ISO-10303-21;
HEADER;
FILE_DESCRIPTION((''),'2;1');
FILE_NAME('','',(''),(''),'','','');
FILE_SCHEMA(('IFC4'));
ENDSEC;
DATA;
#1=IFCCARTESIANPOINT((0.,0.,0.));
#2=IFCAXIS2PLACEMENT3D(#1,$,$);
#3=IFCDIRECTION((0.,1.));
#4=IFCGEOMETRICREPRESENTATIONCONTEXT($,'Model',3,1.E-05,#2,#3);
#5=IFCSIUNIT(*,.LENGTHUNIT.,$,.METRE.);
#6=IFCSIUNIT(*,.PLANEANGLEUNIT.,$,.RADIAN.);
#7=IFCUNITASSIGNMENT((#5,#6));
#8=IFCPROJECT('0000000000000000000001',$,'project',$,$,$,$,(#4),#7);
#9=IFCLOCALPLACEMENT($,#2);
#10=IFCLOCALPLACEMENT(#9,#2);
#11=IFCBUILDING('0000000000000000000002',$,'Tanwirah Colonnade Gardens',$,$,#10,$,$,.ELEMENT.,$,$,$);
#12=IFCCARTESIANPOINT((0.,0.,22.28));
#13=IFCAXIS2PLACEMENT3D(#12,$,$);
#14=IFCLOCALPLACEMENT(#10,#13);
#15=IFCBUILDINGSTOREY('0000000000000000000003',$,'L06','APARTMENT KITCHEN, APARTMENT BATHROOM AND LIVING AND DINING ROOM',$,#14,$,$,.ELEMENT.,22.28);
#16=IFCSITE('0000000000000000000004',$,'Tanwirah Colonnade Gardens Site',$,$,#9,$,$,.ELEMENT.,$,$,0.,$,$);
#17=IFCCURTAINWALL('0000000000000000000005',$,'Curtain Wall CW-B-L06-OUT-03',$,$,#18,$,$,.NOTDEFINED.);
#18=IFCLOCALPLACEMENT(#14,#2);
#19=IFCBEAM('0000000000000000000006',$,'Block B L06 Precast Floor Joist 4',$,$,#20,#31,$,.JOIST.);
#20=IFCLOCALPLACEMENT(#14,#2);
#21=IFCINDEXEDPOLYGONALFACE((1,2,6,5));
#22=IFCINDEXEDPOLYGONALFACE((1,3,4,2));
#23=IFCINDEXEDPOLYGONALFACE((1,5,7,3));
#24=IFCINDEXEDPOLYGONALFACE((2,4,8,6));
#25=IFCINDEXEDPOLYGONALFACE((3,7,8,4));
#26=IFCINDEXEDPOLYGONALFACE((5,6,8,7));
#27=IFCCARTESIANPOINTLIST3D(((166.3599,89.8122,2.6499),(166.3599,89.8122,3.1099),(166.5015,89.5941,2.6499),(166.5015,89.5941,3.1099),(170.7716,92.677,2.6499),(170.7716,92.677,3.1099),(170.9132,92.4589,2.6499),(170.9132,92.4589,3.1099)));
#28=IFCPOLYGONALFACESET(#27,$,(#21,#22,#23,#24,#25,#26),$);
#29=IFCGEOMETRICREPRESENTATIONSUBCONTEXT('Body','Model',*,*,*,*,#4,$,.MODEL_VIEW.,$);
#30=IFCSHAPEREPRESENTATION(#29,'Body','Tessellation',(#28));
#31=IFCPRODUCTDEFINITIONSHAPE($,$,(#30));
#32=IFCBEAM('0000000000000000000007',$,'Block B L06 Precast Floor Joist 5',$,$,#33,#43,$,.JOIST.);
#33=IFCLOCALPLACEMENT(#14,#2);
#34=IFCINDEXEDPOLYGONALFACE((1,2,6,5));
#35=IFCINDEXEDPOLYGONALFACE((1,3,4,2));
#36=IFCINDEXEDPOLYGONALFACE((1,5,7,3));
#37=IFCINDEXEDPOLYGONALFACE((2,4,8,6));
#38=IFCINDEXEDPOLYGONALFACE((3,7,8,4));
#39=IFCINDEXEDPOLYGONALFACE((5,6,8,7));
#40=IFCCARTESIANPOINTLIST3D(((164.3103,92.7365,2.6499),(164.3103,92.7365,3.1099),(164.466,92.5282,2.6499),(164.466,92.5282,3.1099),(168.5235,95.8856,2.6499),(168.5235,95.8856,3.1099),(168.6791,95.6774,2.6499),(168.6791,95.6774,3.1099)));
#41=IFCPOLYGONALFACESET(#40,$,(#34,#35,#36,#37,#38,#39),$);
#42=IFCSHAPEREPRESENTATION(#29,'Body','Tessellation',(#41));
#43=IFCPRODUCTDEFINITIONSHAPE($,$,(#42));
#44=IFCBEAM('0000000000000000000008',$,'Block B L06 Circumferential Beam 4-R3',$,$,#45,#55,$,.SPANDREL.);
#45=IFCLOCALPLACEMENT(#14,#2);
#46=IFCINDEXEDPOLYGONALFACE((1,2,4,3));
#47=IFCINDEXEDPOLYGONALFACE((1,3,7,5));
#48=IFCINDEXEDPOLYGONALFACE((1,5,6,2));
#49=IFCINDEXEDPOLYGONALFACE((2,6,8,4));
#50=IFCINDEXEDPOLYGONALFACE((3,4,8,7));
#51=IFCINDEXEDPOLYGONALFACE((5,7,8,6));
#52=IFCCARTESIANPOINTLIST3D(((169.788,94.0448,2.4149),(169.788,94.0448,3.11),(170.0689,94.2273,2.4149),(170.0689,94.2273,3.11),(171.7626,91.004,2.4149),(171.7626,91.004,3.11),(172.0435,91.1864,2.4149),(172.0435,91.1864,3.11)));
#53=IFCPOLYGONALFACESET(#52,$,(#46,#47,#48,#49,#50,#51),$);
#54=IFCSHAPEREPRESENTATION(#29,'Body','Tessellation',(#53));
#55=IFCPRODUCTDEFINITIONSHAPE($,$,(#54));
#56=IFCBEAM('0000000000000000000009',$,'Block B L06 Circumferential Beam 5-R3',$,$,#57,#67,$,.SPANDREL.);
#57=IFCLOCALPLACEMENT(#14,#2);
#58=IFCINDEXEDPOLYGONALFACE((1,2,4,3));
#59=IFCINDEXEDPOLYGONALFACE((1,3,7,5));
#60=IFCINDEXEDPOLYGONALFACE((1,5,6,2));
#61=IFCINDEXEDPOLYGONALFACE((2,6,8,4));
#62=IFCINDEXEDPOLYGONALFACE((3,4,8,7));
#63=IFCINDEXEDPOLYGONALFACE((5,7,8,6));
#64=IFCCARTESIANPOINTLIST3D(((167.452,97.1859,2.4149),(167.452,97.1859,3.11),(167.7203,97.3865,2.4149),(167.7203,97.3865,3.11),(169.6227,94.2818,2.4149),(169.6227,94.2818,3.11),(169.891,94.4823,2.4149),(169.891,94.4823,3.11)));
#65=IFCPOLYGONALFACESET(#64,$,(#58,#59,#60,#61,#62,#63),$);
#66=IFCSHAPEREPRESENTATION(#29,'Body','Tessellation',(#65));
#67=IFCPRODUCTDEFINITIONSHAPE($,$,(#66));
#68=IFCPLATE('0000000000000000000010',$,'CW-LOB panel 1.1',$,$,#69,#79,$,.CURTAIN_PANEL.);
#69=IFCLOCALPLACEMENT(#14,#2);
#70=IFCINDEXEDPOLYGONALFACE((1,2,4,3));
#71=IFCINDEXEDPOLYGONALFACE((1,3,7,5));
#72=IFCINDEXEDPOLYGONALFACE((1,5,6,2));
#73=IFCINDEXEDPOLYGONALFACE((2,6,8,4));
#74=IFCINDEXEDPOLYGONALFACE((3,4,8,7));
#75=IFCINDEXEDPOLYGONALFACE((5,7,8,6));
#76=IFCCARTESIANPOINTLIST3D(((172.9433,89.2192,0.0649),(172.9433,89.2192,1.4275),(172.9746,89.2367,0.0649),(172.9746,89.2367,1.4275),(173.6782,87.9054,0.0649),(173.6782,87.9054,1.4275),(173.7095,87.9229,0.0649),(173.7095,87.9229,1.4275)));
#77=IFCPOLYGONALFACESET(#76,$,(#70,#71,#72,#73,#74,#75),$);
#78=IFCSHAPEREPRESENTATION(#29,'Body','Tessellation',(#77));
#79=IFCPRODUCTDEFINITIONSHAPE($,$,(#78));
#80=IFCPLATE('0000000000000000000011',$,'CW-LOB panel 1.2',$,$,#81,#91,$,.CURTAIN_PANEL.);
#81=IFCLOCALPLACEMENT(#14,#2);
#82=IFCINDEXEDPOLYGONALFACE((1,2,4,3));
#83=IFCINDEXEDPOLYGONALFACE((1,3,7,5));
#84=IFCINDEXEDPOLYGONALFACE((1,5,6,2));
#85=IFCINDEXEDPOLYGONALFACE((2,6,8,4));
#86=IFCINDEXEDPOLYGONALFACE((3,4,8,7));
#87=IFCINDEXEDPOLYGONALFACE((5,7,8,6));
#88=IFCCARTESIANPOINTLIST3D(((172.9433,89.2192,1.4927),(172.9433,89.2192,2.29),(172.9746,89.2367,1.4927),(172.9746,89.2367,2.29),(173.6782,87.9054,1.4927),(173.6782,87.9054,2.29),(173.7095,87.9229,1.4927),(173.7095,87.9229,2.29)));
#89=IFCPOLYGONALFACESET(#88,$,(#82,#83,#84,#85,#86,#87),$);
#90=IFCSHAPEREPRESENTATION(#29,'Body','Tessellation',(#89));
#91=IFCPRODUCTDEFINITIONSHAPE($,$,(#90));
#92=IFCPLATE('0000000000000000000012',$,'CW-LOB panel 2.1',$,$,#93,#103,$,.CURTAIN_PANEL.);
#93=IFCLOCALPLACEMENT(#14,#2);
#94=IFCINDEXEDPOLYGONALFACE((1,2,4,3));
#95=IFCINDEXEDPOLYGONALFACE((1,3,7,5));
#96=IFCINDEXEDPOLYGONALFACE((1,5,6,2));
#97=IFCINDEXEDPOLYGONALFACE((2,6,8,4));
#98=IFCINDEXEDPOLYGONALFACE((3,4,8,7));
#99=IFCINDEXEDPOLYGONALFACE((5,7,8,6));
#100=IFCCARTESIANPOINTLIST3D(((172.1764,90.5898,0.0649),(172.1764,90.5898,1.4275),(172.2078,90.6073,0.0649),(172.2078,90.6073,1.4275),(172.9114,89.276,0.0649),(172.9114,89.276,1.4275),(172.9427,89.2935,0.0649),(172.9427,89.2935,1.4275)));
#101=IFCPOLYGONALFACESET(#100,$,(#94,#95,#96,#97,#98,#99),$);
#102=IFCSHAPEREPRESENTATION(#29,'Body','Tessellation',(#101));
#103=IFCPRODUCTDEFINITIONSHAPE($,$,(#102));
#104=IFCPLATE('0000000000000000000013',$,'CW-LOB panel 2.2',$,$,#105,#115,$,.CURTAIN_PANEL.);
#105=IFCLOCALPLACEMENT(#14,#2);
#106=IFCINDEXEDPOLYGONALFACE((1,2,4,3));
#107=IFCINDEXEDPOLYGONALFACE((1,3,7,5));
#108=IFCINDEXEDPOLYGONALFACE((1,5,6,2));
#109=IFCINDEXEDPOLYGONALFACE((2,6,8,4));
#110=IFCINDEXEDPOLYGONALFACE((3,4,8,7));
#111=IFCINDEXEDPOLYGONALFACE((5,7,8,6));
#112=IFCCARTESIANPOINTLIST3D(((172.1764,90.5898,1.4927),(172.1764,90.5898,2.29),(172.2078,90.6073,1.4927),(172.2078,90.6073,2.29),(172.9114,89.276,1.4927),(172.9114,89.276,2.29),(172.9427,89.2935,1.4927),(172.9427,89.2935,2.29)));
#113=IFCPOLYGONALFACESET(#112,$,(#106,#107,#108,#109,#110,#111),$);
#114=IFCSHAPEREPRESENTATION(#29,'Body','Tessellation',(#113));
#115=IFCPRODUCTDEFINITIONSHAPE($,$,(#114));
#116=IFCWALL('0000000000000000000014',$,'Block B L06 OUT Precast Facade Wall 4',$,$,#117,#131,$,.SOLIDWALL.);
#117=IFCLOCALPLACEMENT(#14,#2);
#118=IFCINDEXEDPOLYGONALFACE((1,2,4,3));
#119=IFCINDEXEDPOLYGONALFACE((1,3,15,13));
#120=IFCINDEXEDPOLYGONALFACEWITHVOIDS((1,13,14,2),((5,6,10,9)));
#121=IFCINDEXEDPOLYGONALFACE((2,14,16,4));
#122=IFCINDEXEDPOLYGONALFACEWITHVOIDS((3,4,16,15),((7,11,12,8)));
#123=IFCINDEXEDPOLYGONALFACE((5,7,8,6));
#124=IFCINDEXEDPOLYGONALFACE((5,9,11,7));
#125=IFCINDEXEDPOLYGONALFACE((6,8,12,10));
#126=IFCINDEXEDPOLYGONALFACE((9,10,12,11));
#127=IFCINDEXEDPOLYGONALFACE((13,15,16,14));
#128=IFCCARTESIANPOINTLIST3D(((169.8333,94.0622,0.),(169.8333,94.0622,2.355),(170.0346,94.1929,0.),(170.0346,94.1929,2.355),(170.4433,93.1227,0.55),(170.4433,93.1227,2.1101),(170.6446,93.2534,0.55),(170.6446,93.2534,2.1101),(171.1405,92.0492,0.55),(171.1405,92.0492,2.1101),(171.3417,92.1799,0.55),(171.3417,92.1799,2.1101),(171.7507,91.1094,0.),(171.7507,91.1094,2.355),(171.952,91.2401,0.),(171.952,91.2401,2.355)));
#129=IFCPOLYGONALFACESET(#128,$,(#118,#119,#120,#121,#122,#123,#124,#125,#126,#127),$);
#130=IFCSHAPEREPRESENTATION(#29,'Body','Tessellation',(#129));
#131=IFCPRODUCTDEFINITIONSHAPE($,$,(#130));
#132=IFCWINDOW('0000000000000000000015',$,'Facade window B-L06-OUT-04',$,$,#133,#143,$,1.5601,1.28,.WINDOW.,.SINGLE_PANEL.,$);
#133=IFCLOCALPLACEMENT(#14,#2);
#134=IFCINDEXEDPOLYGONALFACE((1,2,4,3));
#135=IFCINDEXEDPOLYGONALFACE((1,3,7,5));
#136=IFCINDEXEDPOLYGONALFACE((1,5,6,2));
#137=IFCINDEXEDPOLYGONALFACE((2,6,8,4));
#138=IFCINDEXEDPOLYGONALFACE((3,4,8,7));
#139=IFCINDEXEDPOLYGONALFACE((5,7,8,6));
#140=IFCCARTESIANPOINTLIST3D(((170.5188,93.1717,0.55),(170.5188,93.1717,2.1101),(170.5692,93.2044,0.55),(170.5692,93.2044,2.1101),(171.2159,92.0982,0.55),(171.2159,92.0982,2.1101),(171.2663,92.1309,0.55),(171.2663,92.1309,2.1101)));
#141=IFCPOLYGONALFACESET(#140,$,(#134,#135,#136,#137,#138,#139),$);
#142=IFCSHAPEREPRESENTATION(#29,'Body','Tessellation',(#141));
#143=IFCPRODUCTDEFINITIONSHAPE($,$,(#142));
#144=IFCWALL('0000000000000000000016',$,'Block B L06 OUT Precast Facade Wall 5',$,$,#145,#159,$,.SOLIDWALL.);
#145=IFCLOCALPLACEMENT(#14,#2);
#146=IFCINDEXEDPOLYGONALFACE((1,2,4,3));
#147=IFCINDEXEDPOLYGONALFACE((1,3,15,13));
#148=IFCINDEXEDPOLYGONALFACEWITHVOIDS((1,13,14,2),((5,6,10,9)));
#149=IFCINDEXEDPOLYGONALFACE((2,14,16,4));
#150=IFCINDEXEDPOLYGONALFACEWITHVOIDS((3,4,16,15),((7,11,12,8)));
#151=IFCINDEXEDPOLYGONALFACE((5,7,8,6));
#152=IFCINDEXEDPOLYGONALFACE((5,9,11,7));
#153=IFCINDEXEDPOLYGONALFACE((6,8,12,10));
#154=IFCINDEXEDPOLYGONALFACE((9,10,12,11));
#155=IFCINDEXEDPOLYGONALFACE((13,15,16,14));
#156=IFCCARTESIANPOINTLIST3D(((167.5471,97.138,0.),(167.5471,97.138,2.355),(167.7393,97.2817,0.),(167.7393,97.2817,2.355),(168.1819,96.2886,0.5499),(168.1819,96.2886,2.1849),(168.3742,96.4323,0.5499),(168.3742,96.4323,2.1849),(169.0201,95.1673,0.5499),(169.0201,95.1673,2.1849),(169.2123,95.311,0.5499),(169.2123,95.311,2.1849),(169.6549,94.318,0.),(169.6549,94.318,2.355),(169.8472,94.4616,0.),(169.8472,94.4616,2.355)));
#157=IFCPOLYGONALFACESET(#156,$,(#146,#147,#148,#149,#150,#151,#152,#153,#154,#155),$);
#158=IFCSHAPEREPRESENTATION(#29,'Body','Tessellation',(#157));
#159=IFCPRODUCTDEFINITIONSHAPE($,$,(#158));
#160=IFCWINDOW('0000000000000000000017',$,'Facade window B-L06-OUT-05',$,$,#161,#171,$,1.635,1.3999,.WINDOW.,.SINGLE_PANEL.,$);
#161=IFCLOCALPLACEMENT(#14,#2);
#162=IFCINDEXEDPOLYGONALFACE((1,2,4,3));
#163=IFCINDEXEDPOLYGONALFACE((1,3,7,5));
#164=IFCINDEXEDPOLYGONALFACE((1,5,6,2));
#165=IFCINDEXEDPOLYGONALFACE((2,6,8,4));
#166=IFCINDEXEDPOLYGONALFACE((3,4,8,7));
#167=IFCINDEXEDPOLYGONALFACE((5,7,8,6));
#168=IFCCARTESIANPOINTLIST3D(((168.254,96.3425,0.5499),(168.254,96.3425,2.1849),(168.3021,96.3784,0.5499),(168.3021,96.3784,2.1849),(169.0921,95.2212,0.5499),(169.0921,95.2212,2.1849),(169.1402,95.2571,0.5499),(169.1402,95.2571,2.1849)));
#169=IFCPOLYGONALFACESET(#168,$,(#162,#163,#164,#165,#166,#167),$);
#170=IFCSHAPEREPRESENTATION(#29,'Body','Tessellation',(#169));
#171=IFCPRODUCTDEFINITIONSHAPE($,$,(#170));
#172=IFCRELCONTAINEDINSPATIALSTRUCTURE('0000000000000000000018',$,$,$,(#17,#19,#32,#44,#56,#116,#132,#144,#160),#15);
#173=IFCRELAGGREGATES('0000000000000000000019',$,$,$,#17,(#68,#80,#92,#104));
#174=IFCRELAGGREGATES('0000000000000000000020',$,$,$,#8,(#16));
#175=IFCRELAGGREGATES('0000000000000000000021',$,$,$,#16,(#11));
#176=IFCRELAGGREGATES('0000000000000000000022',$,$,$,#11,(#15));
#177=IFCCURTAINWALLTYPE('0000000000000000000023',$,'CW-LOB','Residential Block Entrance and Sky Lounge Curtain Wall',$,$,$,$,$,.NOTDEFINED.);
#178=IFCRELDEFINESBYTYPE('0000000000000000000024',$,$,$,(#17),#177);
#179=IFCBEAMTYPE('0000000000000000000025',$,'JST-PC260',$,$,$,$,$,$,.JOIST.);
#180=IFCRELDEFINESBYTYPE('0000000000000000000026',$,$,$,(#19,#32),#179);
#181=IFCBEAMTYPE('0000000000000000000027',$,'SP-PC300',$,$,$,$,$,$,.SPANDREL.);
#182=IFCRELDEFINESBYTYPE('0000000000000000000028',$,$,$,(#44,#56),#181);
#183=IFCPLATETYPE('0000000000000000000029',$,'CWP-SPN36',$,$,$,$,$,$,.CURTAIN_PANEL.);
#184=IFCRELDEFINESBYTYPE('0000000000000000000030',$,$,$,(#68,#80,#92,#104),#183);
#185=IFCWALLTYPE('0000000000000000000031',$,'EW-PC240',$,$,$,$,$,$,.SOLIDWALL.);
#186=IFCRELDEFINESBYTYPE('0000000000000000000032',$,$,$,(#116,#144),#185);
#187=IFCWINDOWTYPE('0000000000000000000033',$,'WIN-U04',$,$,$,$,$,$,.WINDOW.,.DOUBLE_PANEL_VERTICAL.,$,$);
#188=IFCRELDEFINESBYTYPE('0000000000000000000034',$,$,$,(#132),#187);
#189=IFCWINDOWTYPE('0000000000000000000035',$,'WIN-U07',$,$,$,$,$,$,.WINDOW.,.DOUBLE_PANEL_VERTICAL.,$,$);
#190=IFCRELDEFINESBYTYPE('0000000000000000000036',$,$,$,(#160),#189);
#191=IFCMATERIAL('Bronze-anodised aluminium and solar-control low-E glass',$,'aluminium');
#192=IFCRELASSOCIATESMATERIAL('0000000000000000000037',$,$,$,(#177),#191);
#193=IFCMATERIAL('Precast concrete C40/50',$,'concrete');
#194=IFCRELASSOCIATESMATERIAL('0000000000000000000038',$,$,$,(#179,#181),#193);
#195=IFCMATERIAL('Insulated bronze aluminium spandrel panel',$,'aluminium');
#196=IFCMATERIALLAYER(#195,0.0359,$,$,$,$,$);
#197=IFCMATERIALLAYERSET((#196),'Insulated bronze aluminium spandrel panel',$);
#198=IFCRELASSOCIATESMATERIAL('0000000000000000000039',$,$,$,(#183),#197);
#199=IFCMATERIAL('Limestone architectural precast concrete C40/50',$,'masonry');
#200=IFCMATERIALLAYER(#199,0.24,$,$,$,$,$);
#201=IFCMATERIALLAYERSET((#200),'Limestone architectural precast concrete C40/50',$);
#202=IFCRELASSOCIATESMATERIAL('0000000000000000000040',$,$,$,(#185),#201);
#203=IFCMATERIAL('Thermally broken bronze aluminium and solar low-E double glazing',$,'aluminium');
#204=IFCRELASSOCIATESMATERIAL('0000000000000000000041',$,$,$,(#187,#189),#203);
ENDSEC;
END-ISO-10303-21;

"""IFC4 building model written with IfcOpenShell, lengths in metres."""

from ifc_helpers import new_model, si_unit, direction, frame, frame_2d, origin, origin_2d, place, context, subcontext, project, spatial, rectangle, extrude, material, layer, layer_set, material_profile, profile_set, type_object, element, fill, aggregate, save


model = new_model("IFC4")

# Units and contexts
model_context = context("Model", 3, precision=1e-05, world=origin(), true_north=direction((0.0, 1.0)))
body_context = subcontext(model_context, "Body", "Model", "MODEL_VIEW")
ifc_project = project(units=[si_unit("LENGTHUNIT", "METRE"), si_unit("PLANEANGLEUNIT", "RADIAN")], contexts=[model_context])

# Site, building, storey
site_placement = place(None, origin())
site = spatial("IfcSite", under=ifc_project, at=site_placement, Name="Tanwirah Colonnade Gardens Site", CompositionType="ELEMENT", RefElevation=0.0)
building_placement = place(site_placement, origin())
building = spatial("IfcBuilding", under=site, at=building_placement, Name="Tanwirah Colonnade Gardens", CompositionType="ELEMENT")
storey_placement = place(building_placement, frame((0.0, 0.0, 22.28)))
storey = spatial("IfcBuildingStorey", under=building, at=storey_placement, Name="L06", Description="APARTMENT KITCHEN, APARTMENT BATHROOM AND LIVING AND DINING ROOM", CompositionType="ELEMENT", Elevation=22.28)

# Shared definitions
ifc_material_1 = material(Name="Precast concrete C40/50", Category="concrete")

# Curtain wall
ifc_material_2 = material(Name="Bronze-anodised aluminium and solar-control low-E glass", Category="aluminium")
curtain_wall_type = type_object("IfcCurtainWallType", Name="CW-LOB", Description="Residential Block Entrance and Sky Lounge Curtain Wall", PredefinedType="NOTDEFINED", material=ifc_material_2)
curtain_wall_placement = place(storey_placement, origin())
curtain_wall = element("IfcCurtainWall", 1, at=curtain_wall_placement, inside=storey, type_object=curtain_wall_type, Name="Curtain Wall CW-B-L06-OUT-03", PredefinedType="NOTDEFINED")

# Beams
ifc_material_profile_1 = material_profile(ifc_material_1, rectangle(XDim=0.26, YDim=0.46, at=origin_2d()), Name="PC-JST 260x460")
ifc_profile_set_1 = profile_set([ifc_material_profile_1], Name="Precast concrete C40/50")
beam_type_1 = type_object("IfcBeamType", Name="JST-PC260", PredefinedType="JOIST", material=ifc_profile_set_1)
beam_1_placement = place(storey_placement, frame((166.4307, 89.7031, 2.8799), z_axis=(0.838687, 0.544613, 0.0), x_axis=(-0.544613, 0.838687, 0.0)))
element("IfcBeam", 2, at=beam_1_placement, inside=storey, type_object=beam_type_1, Name="Block B L06 Precast Floor Joist 4", PredefinedType="JOIST", context=body_context, shape_type="SweptSolid", body=[
    extrude(rectangle(XDim=0.26, YDim=0.46, at=origin_2d()), origin(), (0.0, 0.0, 1.0), 5.2603),
])
beam_2_placement = place(storey_placement, frame((164.3882, 92.6323, 2.8799), z_axis=(0.800974, 0.5987, 0.0), x_axis=(-0.5987, 0.800974, 0.0)))
element("IfcBeam", 3, at=beam_2_placement, inside=storey, type_object=beam_type_1, Name="Block B L06 Precast Floor Joist 5", PredefinedType="JOIST", context=body_context, shape_type="SweptSolid", body=[
    extrude(rectangle(XDim=0.26, YDim=0.46, at=origin_2d()), origin(), (0.0, 0.0, 1.0), 5.26),
])
ifc_material_profile_2 = material_profile(ifc_material_1, rectangle(XDim=0.335, YDim=0.6951, at=origin_2d()), Name="PC-SP 335x695")
ifc_profile_set_2 = profile_set([ifc_material_profile_2], Name="Precast concrete C40/50")
beam_type_2 = type_object("IfcBeamType", Name="SP-PC300", PredefinedType="SPANDREL", material=ifc_profile_set_2)
for number, where, z_axis, x_axis, name in (
    (4, (171.9031, 91.0952, 2.7625), (-0.544621, 0.838682, 0.0), (-0.838682, -0.544621, 0.0), "Block B L06 Circumferential Beam 4-R3"),
    (5, (169.7568, 94.3821, 2.7625), (-0.598696, 0.800977, 0.0), (-0.800977, -0.598696, 0.0), "Block B L06 Circumferential Beam 5-R3"),
):
    element("IfcBeam", number, at=place(storey_placement, frame(where, z_axis=z_axis, x_axis=x_axis)), inside=storey, type_object=beam_type_2, Name=name, PredefinedType="SPANDREL", context=body_context, shape_type="SweptSolid", body=[
        extrude(rectangle(XDim=0.335, YDim=0.6951, at=origin_2d()), origin(), (0.0, 0.0, 1.0), 3.6257),
    ])

# Plates
ifc_material_3 = material(Name="Insulated bronze aluminium spandrel panel", Category="aluminium")
ifc_layer_1 = layer(ifc_material_3, 0.0359)
ifc_layer_set_1 = layer_set([ifc_layer_1], Name="Insulated bronze aluminium spandrel panel")
plate_type = type_object("IfcPlateType", Name="CWP-SPN36", PredefinedType="CURTAIN_PANEL", material=ifc_layer_set_1)
plate_1_placement = place(storey_placement, frame((173.3264, 88.571, 0.0649), z_axis=(0.0, 0.0, 1.0), x_axis=(-0.4882, 0.872732, 0.0)))
plate_1 = element("IfcPlate", 6, at=plate_1_placement, type_object=plate_type, Name="CW-LOB panel 1.1", PredefinedType="CURTAIN_PANEL", context=body_context, shape_type="SweptSolid", body=[
    extrude(rectangle(XDim=1.5054, YDim=0.0359, at=origin_2d()), origin(), (0.0, 0.0, 1.0), 1.3625),
])
plate_2_placement = place(storey_placement, frame((173.3264, 88.571, 1.4927), z_axis=(0.0, 0.0, 1.0), x_axis=(-0.4882, 0.872732, 0.0)))
plate_2 = element("IfcPlate", 7, at=plate_2_placement, type_object=plate_type, Name="CW-LOB panel 1.2", PredefinedType="CURTAIN_PANEL", context=body_context, shape_type="SweptSolid", body=[
    extrude(rectangle(XDim=1.5054, YDim=0.0359, at=origin_2d()), origin(), (0.0, 0.0, 1.0), 0.7974),
])
plate_3_placement = place(storey_placement, frame((172.5596, 89.9417, 0.0649), z_axis=(0.0, 0.0, 1.0), x_axis=(-0.4882, 0.872732, 0.0)))
plate_3 = element("IfcPlate", 8, at=plate_3_placement, type_object=plate_type, Name="CW-LOB panel 2.1", PredefinedType="CURTAIN_PANEL", context=body_context, shape_type="SweptSolid", body=[
    extrude(rectangle(XDim=1.5054, YDim=0.0359, at=origin_2d()), origin(), (0.0, 0.0, 1.0), 1.3625),
])
plate_4_placement = place(storey_placement, frame((172.5596, 89.9417, 1.4927), z_axis=(0.0, 0.0, 1.0), x_axis=(-0.4882, 0.872732, 0.0)))
plate_4 = element("IfcPlate", 9, at=plate_4_placement, type_object=plate_type, Name="CW-LOB panel 2.2", PredefinedType="CURTAIN_PANEL", context=body_context, shape_type="SweptSolid", body=[
    extrude(rectangle(XDim=1.5054, YDim=0.0359, at=origin_2d()), origin(), (0.0, 0.0, 1.0), 0.7974),
])
aggregate(curtain_wall, [plate_1, plate_2, plate_3, plate_4])

# Walls, openings, windows
ifc_material_4 = material(Name="Limestone architectural precast concrete C40/50", Category="masonry")
ifc_layer_2 = layer(ifc_material_4, 0.24)
ifc_layer_set_2 = layer_set([ifc_layer_2], Name="Limestone architectural precast concrete C40/50")
wall_type_1 = type_object("IfcWallType", Name="EW-PC240", PredefinedType="SOLIDWALL", material=ifc_layer_set_2)
wall_1_placement = place(storey_placement, frame((171.8513, 91.1748, 0.0), z_axis=(0.0, 0.0, 1.0), x_axis=(-0.544611, 0.838689, 0.0)))
wall_1 = element("IfcWall", 10, at=wall_1_placement, inside=storey, type_object=wall_type_1, Name="Block B L06 OUT Precast Facade Wall 4", PredefinedType="SOLIDWALL", context=body_context, shape_type="SweptSolid", body=[
    extrude(rectangle(XDim=3.5208, YDim=0.24, at=frame_2d((1.7603, 0.0))), origin(), (0.0, 0.0, 1.0), 2.355),
])
opening_1_placement = place(wall_1_placement, frame((1.1204, 0.0, 0.55)))
opening_1 = element("IfcOpeningElement", 11, at=opening_1_placement, cuts=wall_1, PredefinedType="OPENING", context=body_context, shape_type="SweptSolid", body=[
    extrude(rectangle(XDim=1.28, YDim=1.5601, at=frame_2d((0.6401, 0.78))), frame((0.0, 0.1299, 0.0), z_axis=(0.0, -1.0, 0.0), x_axis=(1.0, 0.0, 0.0)), (0.0, 0.0, 1.0), 0.26),
])
ifc_material_5 = material(Name="Thermally broken bronze aluminium and solar low-E double glazing", Category="aluminium")
window_type_1 = type_object("IfcWindowType", Name="WIN-U04", PartitioningType="DOUBLE_PANEL_VERTICAL", PredefinedType="WINDOW", material=ifc_material_5)
window_1_placement = place(opening_1_placement, origin())
window_1 = element("IfcWindow", 12, at=window_1_placement, inside=storey, type_object=window_type_1, Name="Facade window B-L06-OUT-04", OverallHeight=1.5601, OverallWidth=1.28, PartitioningType="SINGLE_PANEL", PredefinedType="WINDOW", context=body_context, shape_type="SweptSolid", body=[
    extrude(rectangle(XDim=1.28, YDim=1.5601, at=frame_2d((0.6401, 0.78))), frame((0.0, 0.03, 0.0), z_axis=(0.0, -1.0, 0.0), x_axis=(1.0, 0.0, 0.0)), (0.0, 0.0, 1.0), 0.0601),
])
fill(opening_1, window_1)
wall_2_placement = place(storey_placement, frame((169.751, 94.3899, 0.0), z_axis=(0.0, 0.0, 1.0), x_axis=(-0.598701, 0.800973, 0.0)))
wall_2 = element("IfcWall", 13, at=wall_2_placement, inside=storey, type_object=wall_type_1, Name="Block B L06 OUT Precast Facade Wall 5", PredefinedType="SOLIDWALL", context=body_context, shape_type="SweptSolid", body=[
    extrude(rectangle(XDim=3.5208, YDim=0.24, at=frame_2d((1.7603, 0.0))), origin(), (0.0, 0.0, 1.0), 2.355),
])
opening_2_placement = place(wall_2_placement, frame((1.0603, 0.0, 0.55)))
opening_2 = element("IfcOpeningElement", 14, at=opening_2_placement, cuts=wall_2, PredefinedType="OPENING", context=body_context, shape_type="SweptSolid", body=[
    extrude(rectangle(XDim=1.3999, YDim=1.635, at=frame_2d((0.7, 0.8174))), frame((0.0, 0.1299, 0.0), z_axis=(0.0, -1.0, 0.0), x_axis=(1.0, 0.0, 0.0)), (0.0, 0.0, 1.0), 0.26),
])
window_type_2 = type_object("IfcWindowType", Name="WIN-U07", PartitioningType="DOUBLE_PANEL_VERTICAL", PredefinedType="WINDOW", material=ifc_material_5)
window_2_placement = place(opening_2_placement, origin())
window_2 = element("IfcWindow", 15, at=window_2_placement, inside=storey, type_object=window_type_2, Name="Facade window B-L06-OUT-05", OverallHeight=1.635, OverallWidth=1.3999, PartitioningType="SINGLE_PANEL", PredefinedType="WINDOW", context=body_context, shape_type="SweptSolid", body=[
    extrude(rectangle(XDim=1.3999, YDim=1.635, at=frame_2d((0.7, 0.8174))), frame((0.0, 0.03, 0.0), z_axis=(0.0, -1.0, 0.0), x_axis=(1.0, 0.0, 0.0)), (0.0, 0.0, 1.0), 0.0601),
])
fill(opening_2, window_2)

save(model, "model.ifc")
